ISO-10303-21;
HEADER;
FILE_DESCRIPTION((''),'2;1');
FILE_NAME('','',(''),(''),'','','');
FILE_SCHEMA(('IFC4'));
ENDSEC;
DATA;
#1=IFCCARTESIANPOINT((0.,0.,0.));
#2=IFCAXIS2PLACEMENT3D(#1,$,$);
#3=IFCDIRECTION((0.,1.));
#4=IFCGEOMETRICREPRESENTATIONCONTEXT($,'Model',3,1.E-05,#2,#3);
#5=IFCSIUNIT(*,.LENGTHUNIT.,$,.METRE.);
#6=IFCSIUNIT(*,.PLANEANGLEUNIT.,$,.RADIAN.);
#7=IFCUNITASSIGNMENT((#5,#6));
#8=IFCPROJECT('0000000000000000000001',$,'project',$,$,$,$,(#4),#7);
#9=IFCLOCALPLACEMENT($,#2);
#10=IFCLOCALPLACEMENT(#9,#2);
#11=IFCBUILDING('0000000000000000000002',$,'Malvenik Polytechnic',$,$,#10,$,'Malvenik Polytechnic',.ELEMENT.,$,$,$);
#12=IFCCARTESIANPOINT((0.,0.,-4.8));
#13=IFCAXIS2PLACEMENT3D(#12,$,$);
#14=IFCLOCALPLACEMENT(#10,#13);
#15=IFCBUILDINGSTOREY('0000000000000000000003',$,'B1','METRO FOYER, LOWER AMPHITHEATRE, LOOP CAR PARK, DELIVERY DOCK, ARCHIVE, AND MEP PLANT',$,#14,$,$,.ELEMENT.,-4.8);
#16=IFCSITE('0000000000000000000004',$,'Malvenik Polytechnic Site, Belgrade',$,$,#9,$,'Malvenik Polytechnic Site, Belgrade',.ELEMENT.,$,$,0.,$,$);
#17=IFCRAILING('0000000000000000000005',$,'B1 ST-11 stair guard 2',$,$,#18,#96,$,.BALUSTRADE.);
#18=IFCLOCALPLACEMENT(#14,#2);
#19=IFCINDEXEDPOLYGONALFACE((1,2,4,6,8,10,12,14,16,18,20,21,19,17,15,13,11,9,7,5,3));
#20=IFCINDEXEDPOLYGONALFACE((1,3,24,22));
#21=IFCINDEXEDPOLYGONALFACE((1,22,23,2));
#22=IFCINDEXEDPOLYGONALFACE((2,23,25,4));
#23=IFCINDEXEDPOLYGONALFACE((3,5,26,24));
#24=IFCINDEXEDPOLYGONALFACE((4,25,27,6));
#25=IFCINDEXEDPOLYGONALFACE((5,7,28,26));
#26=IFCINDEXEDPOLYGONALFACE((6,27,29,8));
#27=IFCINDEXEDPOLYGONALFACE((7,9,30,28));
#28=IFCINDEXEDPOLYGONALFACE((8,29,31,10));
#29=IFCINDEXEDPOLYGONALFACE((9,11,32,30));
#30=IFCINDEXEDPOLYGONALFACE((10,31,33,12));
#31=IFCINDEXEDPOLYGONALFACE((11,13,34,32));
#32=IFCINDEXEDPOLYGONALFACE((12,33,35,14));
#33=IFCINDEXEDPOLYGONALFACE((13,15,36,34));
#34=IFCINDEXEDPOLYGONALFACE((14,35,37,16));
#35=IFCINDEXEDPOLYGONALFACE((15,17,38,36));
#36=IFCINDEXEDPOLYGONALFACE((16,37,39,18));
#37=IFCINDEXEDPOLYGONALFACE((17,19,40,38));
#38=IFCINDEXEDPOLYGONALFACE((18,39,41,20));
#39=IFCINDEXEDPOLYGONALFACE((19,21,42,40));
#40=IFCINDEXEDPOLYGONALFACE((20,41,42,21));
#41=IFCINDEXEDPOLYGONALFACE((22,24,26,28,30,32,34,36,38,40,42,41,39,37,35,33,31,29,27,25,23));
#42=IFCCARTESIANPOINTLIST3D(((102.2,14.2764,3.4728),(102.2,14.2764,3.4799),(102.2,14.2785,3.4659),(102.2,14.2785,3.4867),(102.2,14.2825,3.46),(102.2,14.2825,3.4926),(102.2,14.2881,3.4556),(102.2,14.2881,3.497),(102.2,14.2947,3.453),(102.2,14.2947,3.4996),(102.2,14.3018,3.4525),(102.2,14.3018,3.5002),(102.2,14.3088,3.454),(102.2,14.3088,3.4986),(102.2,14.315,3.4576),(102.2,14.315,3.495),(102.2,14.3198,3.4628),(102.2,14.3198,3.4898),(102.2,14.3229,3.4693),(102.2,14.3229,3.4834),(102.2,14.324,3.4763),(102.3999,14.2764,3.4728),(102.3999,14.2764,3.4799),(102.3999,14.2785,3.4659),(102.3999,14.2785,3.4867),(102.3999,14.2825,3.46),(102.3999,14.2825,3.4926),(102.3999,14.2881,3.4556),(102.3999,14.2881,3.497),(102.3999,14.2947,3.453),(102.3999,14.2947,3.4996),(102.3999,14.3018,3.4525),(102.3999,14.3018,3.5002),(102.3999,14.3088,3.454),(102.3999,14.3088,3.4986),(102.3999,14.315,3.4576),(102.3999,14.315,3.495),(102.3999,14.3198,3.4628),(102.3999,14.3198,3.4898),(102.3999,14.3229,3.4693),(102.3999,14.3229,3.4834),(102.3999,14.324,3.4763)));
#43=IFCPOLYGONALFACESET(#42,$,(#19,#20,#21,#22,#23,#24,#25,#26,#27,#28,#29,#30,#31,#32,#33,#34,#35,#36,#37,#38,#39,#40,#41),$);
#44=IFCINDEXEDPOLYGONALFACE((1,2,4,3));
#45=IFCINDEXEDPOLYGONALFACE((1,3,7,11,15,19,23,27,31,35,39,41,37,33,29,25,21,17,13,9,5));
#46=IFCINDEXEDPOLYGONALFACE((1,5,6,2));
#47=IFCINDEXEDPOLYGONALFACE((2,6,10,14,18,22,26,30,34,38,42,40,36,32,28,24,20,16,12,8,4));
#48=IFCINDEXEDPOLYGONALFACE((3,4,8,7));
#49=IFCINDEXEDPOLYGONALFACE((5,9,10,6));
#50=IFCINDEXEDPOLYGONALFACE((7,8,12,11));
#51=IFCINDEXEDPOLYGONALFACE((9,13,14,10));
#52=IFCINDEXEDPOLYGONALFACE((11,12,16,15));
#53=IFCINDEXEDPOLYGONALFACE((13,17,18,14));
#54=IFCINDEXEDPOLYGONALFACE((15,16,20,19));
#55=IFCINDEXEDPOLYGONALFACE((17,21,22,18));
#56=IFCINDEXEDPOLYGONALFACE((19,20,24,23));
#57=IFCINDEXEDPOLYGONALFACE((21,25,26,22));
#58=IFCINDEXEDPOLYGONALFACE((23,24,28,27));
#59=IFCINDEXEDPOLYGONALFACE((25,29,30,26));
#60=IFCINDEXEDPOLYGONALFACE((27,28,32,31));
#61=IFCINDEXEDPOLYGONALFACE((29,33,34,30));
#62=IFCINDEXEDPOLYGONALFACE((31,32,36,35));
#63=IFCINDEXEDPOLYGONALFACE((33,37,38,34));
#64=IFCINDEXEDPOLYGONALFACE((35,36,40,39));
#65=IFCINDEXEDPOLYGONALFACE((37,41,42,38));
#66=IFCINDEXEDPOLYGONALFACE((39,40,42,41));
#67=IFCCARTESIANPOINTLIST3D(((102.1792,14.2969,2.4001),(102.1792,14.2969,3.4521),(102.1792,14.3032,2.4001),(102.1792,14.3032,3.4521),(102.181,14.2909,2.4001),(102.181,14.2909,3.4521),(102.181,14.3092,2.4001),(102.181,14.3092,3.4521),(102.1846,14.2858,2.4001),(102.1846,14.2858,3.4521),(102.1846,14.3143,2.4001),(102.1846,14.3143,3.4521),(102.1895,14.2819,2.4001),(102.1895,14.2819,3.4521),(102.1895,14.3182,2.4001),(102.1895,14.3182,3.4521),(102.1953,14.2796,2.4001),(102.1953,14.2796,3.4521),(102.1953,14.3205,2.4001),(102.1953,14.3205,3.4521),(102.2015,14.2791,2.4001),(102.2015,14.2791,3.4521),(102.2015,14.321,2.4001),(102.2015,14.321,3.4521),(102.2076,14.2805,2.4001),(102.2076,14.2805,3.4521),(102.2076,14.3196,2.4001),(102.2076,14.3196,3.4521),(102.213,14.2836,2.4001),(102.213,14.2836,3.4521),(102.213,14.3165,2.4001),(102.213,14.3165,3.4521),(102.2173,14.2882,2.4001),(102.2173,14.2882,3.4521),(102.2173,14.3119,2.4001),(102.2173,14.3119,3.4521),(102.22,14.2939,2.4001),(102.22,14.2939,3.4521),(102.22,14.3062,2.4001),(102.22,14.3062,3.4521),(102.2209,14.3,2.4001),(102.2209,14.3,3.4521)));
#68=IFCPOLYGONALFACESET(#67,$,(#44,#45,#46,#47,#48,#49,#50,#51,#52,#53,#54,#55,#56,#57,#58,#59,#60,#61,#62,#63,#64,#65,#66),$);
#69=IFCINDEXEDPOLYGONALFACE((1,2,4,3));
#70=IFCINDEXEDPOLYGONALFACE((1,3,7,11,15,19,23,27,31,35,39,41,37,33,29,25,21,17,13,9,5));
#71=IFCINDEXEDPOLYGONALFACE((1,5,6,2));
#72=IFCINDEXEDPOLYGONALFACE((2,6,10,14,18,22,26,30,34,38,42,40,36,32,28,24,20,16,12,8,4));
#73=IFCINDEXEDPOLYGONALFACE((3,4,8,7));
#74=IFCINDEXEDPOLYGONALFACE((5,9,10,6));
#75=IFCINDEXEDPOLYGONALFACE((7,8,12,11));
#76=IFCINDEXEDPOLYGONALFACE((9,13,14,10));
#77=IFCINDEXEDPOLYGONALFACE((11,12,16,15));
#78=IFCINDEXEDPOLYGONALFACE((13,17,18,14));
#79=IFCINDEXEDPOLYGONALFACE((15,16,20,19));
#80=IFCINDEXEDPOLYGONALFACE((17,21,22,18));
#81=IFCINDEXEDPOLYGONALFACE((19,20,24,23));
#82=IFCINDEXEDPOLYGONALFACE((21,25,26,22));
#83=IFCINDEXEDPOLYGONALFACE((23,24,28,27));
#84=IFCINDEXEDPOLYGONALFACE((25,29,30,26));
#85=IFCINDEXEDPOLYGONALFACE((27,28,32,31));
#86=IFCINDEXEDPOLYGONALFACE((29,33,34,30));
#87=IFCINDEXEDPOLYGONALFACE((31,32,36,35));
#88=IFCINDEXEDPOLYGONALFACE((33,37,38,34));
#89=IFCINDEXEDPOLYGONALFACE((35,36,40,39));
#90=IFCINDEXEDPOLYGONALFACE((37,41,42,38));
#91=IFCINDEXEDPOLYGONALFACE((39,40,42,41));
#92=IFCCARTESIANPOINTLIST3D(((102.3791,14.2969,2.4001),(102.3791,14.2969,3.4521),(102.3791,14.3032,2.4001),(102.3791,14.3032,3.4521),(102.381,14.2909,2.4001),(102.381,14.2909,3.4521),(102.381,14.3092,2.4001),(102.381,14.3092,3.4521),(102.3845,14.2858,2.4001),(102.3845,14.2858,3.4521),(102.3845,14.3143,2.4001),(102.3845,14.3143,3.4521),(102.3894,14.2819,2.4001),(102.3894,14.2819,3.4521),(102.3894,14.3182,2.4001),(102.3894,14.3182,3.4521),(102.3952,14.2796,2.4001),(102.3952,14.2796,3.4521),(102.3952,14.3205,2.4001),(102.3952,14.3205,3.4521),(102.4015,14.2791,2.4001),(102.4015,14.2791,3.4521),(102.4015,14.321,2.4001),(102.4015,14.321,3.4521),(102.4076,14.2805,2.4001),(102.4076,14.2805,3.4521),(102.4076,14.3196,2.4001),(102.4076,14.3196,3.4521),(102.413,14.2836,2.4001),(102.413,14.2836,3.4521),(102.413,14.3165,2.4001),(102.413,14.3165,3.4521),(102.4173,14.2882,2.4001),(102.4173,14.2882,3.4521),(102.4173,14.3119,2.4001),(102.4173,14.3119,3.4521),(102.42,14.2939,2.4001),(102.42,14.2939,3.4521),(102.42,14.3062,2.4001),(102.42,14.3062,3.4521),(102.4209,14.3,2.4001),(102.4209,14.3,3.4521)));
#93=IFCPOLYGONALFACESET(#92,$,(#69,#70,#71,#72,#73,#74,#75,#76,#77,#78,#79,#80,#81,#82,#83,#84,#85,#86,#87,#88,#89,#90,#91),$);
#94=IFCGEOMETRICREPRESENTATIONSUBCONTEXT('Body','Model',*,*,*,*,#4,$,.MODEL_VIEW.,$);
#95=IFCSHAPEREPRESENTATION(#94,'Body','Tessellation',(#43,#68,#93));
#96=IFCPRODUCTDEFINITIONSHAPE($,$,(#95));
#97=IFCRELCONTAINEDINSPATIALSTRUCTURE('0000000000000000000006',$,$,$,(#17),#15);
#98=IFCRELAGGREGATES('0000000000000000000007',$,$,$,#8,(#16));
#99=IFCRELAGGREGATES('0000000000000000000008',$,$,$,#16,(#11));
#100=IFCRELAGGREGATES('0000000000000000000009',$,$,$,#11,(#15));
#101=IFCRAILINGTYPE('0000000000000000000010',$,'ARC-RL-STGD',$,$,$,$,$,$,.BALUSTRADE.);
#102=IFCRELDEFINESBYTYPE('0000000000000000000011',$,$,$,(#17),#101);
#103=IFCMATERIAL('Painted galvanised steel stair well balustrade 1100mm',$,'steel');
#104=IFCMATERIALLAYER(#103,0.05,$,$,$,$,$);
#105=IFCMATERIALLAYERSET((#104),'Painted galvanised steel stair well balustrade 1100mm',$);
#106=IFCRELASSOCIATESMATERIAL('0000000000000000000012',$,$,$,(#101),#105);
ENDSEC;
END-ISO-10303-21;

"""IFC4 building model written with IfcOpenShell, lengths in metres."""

from ifc_helpers import new_model, si_unit, direction, frame, origin, origin_2d, place, context, subcontext, project, spatial, circle, extrude, material, layer, layer_set, type_object, element, save


model = new_model("IFC4")

# Units and contexts
model_context = context("Model", 3, precision=1e-05, world=origin(), true_north=direction((0.0, 1.0)))
body_context = subcontext(model_context, "Body", "Model", "MODEL_VIEW")
ifc_project = project(units=[si_unit("LENGTHUNIT", "METRE"), si_unit("PLANEANGLEUNIT", "RADIAN")], contexts=[model_context])

# Site, building, storey
site_placement = place(None, origin())
site = spatial("IfcSite", under=ifc_project, at=site_placement, Name="Malvenik Polytechnic Site, Belgrade", LongName="Malvenik Polytechnic Site, Belgrade", CompositionType="ELEMENT", RefElevation=0.0)
building_placement = place(site_placement, origin())
building = spatial("IfcBuilding", under=site, at=building_placement, Name="Malvenik Polytechnic", LongName="Malvenik Polytechnic", CompositionType="ELEMENT")
storey_placement = place(building_placement, frame((0.0, 0.0, -4.8)))
storey = spatial("IfcBuildingStorey", under=building, at=storey_placement, Name="B1", Description="METRO FOYER, LOWER AMPHITHEATRE, LOOP CAR PARK, DELIVERY DOCK, ARCHIVE, AND MEP PLANT", CompositionType="ELEMENT", Elevation=-4.8)

# Railing
ifc_material_1 = material(Name="Painted galvanised steel stair well balustrade 1100mm", Category="steel")
ifc_layer_1 = layer(ifc_material_1, 0.05)
ifc_layer_set_1 = layer_set([ifc_layer_1], Name="Painted galvanised steel stair well balustrade 1100mm")
railing_type_1 = type_object("IfcRailingType", Name="ARC-RL-STGD", PredefinedType="BALUSTRADE", material=ifc_layer_set_1)
railing_1_placement = place(storey_placement, frame((102.2, 14.3, 2.4001)))
element("IfcRailing", 1, at=railing_1_placement, inside=storey, type_object=railing_type_1, Name="B1 ST-11 stair guard 2", PredefinedType="BALUSTRADE", context=body_context, shape_type="SweptSolid", body=[
    extrude(circle(Radius=0.0239, at=origin_2d()), frame((0.0, 0.0, 1.0762), z_axis=(1.0, 0.0, 0.0), x_axis=(0.0, 1.0, 0.0)), (0.0, 0.0, 1.0), 0.2),
    extrude(circle(Radius=0.021, at=origin_2d()), origin(), (0.0, 0.0, 1.0), 1.052),
    extrude(circle(Radius=0.021, at=origin_2d()), frame((0.2, 0.0, 0.0)), (0.0, 0.0, 1.0), 1.052),
])

save(model, "model.ifc")
